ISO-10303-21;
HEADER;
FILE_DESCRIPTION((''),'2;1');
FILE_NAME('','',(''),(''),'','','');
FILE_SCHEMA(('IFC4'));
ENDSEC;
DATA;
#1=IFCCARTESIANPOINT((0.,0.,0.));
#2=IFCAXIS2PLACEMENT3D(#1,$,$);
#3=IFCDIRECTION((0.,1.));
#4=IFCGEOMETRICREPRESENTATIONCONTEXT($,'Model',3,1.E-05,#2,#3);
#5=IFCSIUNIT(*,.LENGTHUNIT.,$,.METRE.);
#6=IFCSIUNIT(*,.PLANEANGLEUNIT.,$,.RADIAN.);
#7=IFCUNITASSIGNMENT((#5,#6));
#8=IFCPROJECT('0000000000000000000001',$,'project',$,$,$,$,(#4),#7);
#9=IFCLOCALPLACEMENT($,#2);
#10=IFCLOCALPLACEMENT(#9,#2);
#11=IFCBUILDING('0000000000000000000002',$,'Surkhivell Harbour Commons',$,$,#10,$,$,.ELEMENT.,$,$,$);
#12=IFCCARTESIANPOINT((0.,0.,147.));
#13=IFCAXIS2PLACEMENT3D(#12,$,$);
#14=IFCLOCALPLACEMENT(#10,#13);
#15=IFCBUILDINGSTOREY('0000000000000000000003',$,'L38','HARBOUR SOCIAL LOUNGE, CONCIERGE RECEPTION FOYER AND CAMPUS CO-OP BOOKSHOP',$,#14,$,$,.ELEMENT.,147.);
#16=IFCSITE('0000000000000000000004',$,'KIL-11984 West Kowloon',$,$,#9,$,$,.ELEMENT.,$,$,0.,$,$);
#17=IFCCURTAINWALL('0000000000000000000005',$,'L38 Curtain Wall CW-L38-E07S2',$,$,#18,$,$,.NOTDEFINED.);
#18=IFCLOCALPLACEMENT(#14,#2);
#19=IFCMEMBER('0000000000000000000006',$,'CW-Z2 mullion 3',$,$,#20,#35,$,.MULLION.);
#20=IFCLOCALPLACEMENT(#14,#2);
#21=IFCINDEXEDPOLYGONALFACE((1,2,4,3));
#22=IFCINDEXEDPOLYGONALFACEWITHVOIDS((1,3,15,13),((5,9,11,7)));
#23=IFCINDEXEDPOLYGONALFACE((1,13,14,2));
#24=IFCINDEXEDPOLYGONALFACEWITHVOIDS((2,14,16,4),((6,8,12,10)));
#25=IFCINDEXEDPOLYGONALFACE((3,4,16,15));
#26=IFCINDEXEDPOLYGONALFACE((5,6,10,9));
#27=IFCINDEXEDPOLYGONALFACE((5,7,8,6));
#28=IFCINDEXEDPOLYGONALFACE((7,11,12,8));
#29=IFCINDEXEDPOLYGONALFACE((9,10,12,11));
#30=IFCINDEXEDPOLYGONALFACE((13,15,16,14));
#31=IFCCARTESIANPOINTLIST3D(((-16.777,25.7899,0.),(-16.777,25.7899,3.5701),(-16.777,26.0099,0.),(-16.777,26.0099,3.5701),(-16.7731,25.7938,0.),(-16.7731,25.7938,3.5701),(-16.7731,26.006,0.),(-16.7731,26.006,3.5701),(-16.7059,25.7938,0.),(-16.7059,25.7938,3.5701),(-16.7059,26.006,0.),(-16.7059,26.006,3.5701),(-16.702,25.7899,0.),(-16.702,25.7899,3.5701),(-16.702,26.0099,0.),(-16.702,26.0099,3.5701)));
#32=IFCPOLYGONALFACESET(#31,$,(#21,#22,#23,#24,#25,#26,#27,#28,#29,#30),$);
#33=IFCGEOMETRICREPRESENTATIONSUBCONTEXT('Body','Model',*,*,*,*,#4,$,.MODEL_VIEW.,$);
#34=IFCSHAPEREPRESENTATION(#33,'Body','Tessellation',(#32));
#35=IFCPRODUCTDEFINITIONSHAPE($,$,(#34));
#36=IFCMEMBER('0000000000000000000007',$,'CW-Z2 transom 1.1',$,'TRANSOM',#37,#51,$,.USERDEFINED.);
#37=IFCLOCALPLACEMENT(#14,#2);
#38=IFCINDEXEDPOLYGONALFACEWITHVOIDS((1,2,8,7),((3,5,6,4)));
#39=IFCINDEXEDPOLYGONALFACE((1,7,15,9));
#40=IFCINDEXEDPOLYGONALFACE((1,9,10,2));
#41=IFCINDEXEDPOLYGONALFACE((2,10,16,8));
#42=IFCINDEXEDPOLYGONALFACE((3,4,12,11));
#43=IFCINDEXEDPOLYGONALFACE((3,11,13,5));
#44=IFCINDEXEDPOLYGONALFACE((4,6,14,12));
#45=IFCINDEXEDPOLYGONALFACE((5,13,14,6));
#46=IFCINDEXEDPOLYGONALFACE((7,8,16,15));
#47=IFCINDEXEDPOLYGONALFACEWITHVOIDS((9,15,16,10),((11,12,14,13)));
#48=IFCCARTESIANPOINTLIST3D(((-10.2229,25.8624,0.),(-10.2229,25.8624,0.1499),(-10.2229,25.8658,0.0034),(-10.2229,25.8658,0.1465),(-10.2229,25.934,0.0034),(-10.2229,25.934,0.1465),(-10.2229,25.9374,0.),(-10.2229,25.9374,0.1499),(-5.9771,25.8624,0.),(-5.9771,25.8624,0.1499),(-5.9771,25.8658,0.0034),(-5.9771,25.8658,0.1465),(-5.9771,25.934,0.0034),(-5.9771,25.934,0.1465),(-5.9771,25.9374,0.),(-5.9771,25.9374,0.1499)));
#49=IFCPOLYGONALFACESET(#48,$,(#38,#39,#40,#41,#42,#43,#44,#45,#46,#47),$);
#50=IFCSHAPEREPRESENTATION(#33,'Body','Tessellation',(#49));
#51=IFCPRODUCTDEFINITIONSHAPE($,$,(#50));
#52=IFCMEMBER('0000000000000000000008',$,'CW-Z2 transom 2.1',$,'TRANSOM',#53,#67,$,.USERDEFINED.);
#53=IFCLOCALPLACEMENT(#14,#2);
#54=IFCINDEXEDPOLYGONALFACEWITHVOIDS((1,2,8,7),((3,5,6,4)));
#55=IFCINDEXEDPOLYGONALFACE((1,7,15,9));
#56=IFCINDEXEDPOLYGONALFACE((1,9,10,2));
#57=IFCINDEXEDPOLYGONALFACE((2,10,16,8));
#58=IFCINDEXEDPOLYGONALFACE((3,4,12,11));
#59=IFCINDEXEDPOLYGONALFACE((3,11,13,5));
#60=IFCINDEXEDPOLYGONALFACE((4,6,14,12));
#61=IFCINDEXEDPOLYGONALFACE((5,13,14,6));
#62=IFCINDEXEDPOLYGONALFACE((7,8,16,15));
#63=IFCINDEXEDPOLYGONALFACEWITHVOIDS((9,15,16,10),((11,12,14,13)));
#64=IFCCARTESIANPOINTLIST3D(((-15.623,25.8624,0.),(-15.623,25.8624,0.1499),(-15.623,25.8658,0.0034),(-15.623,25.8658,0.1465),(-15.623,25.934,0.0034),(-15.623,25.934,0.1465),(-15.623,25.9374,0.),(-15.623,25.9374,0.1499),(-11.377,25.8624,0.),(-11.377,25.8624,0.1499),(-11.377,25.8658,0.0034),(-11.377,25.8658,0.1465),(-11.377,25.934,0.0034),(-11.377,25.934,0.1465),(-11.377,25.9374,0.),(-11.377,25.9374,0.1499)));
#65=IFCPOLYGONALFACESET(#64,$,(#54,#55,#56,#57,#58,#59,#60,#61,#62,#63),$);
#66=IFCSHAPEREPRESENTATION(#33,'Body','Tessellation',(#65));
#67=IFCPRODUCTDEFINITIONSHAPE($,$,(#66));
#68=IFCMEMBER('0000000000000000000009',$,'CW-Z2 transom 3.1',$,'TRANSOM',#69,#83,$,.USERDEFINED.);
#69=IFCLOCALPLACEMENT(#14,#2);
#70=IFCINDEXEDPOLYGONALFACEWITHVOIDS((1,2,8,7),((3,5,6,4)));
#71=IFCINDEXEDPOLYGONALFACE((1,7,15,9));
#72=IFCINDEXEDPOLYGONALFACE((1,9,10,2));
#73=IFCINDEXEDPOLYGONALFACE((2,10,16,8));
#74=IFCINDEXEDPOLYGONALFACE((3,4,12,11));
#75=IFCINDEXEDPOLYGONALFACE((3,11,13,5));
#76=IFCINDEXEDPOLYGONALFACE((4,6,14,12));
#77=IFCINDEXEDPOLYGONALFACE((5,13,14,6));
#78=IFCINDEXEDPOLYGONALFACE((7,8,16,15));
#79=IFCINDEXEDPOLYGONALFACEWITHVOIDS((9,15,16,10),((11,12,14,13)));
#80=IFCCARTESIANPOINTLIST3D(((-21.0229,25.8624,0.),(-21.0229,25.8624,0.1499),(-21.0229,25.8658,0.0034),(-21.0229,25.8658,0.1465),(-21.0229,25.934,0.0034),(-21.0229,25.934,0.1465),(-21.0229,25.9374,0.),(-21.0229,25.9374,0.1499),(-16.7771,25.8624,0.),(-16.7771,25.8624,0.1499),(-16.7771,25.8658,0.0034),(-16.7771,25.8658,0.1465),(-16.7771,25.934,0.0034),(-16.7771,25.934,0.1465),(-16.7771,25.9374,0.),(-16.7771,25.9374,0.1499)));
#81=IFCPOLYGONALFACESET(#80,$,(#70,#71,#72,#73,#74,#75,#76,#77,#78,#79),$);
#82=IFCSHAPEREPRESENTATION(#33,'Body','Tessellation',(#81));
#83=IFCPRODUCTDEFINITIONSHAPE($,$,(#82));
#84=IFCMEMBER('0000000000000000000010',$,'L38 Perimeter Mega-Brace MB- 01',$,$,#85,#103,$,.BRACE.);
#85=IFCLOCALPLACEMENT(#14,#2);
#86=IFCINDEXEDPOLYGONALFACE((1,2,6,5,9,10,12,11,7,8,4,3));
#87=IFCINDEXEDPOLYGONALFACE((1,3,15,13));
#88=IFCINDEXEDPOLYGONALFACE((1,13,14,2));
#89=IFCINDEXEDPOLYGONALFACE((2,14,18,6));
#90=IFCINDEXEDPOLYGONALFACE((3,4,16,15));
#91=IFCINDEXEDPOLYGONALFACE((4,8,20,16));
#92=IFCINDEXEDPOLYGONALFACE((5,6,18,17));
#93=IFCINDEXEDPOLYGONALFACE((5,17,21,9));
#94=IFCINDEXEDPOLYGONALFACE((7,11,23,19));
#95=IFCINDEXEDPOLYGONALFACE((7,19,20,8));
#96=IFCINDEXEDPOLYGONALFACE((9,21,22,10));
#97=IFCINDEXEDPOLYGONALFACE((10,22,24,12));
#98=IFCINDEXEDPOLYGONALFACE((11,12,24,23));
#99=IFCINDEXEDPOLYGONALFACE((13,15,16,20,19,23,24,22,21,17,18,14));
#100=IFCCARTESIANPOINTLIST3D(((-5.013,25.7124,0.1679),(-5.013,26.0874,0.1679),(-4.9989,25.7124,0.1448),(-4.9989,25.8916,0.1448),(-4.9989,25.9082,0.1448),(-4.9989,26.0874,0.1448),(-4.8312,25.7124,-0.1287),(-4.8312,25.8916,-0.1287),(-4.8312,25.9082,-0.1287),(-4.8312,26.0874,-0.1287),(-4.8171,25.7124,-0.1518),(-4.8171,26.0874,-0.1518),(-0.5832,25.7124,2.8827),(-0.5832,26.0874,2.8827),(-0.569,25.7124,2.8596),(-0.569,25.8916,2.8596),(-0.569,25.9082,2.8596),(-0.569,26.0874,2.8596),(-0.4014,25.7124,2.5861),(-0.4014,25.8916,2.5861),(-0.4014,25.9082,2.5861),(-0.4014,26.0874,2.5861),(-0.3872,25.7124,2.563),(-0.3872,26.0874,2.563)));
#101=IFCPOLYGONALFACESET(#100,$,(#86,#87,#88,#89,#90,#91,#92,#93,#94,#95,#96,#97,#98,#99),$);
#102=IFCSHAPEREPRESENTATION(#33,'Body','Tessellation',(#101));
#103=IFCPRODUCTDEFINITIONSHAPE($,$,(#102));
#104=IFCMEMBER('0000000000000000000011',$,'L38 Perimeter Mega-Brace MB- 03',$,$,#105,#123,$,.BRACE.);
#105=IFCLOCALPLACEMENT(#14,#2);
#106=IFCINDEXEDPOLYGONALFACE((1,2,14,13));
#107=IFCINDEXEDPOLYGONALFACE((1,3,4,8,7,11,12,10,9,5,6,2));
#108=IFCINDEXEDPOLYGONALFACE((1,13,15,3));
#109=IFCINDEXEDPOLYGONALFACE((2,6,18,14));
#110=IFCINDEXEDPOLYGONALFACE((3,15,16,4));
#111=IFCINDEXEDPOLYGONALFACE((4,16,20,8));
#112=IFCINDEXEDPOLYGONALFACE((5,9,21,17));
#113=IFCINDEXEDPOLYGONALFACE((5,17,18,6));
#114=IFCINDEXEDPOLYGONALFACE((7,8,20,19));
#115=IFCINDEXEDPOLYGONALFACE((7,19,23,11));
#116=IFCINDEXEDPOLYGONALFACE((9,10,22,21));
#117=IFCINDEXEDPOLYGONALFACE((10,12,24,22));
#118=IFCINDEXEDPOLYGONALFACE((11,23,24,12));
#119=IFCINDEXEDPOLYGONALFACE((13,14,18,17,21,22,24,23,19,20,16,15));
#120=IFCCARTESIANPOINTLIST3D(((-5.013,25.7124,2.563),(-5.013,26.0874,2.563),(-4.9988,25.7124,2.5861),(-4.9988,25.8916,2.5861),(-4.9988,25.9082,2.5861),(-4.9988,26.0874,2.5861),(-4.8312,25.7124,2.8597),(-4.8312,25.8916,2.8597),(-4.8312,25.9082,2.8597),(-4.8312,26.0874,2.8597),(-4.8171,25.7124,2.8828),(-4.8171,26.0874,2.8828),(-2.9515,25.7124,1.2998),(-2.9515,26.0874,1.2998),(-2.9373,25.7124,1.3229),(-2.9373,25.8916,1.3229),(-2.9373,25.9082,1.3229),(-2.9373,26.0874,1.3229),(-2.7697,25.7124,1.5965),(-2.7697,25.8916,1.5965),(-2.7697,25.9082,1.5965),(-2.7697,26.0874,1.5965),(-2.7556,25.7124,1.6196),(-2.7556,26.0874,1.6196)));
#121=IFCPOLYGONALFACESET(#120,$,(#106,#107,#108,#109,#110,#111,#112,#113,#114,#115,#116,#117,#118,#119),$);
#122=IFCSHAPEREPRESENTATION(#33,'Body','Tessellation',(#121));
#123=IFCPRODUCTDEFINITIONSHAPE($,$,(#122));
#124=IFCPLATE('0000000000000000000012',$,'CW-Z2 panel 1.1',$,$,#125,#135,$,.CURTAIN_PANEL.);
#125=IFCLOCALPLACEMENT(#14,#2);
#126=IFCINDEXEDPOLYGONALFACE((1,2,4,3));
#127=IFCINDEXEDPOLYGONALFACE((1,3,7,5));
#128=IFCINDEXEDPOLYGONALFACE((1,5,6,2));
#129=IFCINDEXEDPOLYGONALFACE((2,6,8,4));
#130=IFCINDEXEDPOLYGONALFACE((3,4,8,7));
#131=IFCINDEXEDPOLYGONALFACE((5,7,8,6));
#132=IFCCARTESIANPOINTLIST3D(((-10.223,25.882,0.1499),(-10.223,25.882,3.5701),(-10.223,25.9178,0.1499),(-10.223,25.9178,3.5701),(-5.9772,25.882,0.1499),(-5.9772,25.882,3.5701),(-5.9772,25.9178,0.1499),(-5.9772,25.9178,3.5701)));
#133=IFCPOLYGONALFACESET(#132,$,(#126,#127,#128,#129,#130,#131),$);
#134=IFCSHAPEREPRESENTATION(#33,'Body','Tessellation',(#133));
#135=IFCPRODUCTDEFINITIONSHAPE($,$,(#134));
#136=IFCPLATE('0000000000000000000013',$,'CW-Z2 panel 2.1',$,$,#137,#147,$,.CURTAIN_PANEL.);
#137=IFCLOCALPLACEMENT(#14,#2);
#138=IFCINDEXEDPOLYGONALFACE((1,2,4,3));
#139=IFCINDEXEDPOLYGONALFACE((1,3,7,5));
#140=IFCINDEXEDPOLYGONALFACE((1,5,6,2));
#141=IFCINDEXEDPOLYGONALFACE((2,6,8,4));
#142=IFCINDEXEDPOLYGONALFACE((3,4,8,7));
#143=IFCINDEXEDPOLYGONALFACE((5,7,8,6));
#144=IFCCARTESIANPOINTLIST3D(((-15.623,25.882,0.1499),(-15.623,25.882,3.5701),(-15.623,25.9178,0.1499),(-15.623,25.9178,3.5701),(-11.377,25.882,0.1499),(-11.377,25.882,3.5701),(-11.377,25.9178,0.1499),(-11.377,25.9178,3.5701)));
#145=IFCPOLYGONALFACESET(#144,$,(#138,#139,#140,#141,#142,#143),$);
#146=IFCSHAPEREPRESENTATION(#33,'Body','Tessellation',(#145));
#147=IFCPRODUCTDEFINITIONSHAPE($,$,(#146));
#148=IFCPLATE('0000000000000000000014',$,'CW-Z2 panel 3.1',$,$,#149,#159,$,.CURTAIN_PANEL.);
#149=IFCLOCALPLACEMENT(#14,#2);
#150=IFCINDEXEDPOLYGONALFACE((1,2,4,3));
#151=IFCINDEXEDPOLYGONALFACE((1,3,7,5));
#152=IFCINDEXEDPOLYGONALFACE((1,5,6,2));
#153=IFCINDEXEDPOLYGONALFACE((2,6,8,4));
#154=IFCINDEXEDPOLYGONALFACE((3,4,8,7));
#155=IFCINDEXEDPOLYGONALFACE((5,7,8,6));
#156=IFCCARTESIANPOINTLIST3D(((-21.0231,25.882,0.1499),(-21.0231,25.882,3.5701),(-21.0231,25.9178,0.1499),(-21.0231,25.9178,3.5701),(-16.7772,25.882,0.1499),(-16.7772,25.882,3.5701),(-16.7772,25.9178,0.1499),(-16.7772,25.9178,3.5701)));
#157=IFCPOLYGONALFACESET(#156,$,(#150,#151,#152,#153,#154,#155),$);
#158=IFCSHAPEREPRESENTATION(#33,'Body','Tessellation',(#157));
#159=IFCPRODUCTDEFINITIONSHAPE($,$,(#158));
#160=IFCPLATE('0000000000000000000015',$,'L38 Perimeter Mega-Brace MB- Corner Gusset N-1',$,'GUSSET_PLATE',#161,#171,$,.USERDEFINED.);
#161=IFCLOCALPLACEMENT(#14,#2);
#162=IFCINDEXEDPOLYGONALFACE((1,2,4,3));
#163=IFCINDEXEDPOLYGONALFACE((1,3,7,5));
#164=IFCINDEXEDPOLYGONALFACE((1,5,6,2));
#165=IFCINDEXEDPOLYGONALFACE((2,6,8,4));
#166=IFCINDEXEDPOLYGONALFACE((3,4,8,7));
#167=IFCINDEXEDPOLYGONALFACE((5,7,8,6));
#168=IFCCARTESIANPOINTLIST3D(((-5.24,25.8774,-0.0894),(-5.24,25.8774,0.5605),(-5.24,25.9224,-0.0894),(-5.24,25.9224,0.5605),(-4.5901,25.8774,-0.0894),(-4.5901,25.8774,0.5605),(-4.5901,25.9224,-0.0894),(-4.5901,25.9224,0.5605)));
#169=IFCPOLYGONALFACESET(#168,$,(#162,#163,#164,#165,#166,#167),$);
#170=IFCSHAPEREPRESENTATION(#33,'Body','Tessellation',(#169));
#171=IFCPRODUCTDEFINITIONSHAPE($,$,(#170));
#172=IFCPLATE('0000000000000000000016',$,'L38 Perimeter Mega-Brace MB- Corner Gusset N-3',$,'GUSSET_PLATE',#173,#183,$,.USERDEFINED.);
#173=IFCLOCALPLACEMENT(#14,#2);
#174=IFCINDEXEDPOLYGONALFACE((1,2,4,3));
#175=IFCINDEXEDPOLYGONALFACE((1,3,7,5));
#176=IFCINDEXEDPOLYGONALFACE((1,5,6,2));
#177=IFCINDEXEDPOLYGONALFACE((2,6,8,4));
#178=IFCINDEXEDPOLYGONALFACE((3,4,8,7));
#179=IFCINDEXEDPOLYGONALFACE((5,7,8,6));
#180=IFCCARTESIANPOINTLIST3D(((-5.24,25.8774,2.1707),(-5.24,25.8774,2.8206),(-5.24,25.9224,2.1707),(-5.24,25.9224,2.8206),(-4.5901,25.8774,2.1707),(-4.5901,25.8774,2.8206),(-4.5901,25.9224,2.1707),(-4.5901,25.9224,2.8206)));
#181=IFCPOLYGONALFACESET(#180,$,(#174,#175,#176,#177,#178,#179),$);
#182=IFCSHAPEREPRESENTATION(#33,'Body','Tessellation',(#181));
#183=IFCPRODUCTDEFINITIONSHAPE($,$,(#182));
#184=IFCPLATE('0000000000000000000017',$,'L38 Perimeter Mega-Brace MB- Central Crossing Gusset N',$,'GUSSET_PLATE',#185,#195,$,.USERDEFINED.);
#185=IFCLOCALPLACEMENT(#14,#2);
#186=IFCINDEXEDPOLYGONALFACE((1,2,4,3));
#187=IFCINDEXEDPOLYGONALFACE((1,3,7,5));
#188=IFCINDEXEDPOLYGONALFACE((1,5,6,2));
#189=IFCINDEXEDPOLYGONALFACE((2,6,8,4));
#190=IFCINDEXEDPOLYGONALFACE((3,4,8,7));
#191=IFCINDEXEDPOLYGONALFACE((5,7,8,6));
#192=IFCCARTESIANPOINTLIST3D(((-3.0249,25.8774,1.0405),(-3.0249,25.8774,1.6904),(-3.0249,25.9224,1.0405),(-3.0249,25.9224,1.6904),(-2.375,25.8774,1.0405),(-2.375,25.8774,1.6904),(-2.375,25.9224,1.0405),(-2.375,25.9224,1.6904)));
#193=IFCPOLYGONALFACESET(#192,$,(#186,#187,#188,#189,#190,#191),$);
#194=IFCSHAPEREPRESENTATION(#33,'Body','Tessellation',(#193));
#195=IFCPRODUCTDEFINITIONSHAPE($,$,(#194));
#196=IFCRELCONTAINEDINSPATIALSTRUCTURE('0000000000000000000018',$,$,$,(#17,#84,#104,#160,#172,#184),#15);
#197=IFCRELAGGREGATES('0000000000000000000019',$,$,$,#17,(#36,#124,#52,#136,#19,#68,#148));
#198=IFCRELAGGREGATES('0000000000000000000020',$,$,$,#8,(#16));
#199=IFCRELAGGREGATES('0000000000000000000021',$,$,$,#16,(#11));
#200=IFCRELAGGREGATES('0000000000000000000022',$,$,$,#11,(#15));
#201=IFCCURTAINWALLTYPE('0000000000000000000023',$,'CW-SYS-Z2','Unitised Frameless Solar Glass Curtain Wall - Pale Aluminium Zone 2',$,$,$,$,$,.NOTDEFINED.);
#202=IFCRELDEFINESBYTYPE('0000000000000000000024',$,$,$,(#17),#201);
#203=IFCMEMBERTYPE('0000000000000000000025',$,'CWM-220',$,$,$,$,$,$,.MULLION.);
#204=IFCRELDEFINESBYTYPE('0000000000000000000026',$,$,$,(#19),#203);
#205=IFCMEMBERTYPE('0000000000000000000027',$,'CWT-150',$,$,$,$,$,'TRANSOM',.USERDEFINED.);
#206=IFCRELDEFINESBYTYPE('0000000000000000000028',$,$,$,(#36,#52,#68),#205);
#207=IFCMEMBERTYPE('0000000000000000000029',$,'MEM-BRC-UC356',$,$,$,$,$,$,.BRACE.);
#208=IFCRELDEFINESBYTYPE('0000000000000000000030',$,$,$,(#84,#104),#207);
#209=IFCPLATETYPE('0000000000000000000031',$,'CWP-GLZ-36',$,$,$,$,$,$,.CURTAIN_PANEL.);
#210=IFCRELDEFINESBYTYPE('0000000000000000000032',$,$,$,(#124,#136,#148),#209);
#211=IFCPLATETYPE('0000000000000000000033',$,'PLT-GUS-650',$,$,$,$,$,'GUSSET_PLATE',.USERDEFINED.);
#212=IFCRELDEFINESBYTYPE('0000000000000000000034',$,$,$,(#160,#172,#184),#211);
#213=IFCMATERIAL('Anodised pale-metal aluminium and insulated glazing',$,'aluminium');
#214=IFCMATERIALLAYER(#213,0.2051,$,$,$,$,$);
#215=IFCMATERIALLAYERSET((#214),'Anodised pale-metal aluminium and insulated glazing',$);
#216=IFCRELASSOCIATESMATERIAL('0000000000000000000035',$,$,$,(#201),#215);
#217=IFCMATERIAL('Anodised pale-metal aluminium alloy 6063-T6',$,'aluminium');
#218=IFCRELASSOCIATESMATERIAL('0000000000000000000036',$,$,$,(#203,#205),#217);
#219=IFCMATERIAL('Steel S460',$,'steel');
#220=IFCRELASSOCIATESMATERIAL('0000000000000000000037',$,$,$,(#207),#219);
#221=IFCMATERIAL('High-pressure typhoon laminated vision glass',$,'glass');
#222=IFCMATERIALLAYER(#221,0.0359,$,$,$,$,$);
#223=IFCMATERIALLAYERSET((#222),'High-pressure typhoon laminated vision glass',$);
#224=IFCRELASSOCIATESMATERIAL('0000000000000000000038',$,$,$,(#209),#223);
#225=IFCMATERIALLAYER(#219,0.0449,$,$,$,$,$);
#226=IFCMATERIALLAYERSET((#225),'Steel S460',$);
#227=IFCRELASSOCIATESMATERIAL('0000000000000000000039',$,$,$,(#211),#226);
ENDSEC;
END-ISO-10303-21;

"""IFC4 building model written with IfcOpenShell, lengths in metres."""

from ifc_helpers import new_model, si_unit, direction, frame, frame_2d, origin, origin_2d, place, context, subcontext, project, spatial, rectangle, hollow_rectangle, i_section, extrude, material, layer, layer_set, material_profile, profile_set, type_object, element, aggregate, save


model = new_model("IFC4")

# Units and contexts
model_context = context("Model", 3, precision=1e-05, world=origin(), true_north=direction((0.0, 1.0)))
body_context = subcontext(model_context, "Body", "Model", "MODEL_VIEW")
ifc_project = project(units=[si_unit("LENGTHUNIT", "METRE"), si_unit("PLANEANGLEUNIT", "RADIAN")], contexts=[model_context])

# Site, building, storey
site_placement = place(None, origin())
site = spatial("IfcSite", under=ifc_project, at=site_placement, Name="KIL-11984 West Kowloon", CompositionType="ELEMENT", RefElevation=0.0)
building_placement = place(site_placement, origin())
building = spatial("IfcBuilding", under=site, at=building_placement, Name="Surkhivell Harbour Commons", CompositionType="ELEMENT")
storey_placement = place(building_placement, frame((0.0, 0.0, 147.0)))
storey = spatial("IfcBuildingStorey", under=building, at=storey_placement, Name="L38", Description="HARBOUR SOCIAL LOUNGE, CONCIERGE RECEPTION FOYER AND CAMPUS CO-OP BOOKSHOP", CompositionType="ELEMENT", Elevation=147.0)

# Shared definitions
ifc_material_1 = material(Name="Steel S460", Category="steel")

# Curtain wall, members
ifc_material_2 = material(Name="Anodised pale-metal aluminium and insulated glazing", Category="aluminium")
ifc_layer_1 = layer(ifc_material_2, 0.2051)
ifc_layer_set_1 = layer_set([ifc_layer_1], Name="Anodised pale-metal aluminium and insulated glazing")
curtain_wall_type = type_object("IfcCurtainWallType", Name="CW-SYS-Z2", Description="Unitised Frameless Solar Glass Curtain Wall - Pale Aluminium Zone 2", PredefinedType="NOTDEFINED", material=ifc_layer_set_1)
curtain_wall_placement = place(storey_placement, origin())
curtain_wall = element("IfcCurtainWall", 1, at=curtain_wall_placement, inside=storey, type_object=curtain_wall_type, Name="L38 Curtain Wall CW-L38-E07S2", PredefinedType="NOTDEFINED")
ifc_material_3 = material(Name="Anodised pale-metal aluminium alloy 6063-T6", Category="aluminium")
ifc_material_profile_1 = material_profile(ifc_material_3, hollow_rectangle(XDim=0.075, YDim=0.22, WallThickness=0.0039, at=origin_2d()), Name="ALU-MULL-75x220")
ifc_profile_set_1 = profile_set([ifc_material_profile_1], Name="Anodised pale-metal aluminium alloy 6063-T6")
member_type_1 = type_object("IfcMemberType", Name="CWM-220", PredefinedType="MULLION", material=ifc_profile_set_1)
member_1_placement = place(storey_placement, frame((-16.7395, 25.8999, 0.0), z_axis=(0.0, 0.0, 1.0), x_axis=(-1.0, 0.0, 0.0)))
member_1 = element("IfcMember", 2, at=member_1_placement, type_object=member_type_1, Name="CW-Z2 mullion 3", PredefinedType="MULLION", context=body_context, shape_type="SweptSolid", body=[
    extrude(hollow_rectangle(XDim=0.075, YDim=0.22, WallThickness=0.0039, at=origin_2d()), origin(), (0.0, 0.0, 1.0), 3.5701),
])
ifc_material_profile_2 = material_profile(ifc_material_3, hollow_rectangle(XDim=0.075, YDim=0.1499, WallThickness=0.0034, at=origin_2d()), Name="ALU-TRAN-75x150")
ifc_profile_set_2 = profile_set([ifc_material_profile_2], Name="Anodised pale-metal aluminium alloy 6063-T6")
member_type_2 = type_object("IfcMemberType", Name="CWT-150", ElementType="TRANSOM", PredefinedType="USERDEFINED", material=ifc_profile_set_2)
member_2_placement = place(storey_placement, frame((-5.9771, 25.8999, 0.075), z_axis=(-1.0, 0.0, 0.0), x_axis=(0.0, -1.0, 0.0)))
member_2 = element("IfcMember", 3, at=member_2_placement, type_object=member_type_2, Name="CW-Z2 transom 1.1", ObjectType="TRANSOM", PredefinedType="USERDEFINED", context=body_context, shape_type="SweptSolid", body=[
    extrude(hollow_rectangle(XDim=0.075, YDim=0.1499, WallThickness=0.0034, at=origin_2d()), origin(), (0.0, 0.0, 1.0), 4.2458),
])
member_3_placement = place(storey_placement, frame((-11.377, 25.8999, 0.075), z_axis=(-1.0, 0.0, 0.0), x_axis=(0.0, -1.0, 0.0)))
member_3 = element("IfcMember", 4, at=member_3_placement, type_object=member_type_2, Name="CW-Z2 transom 2.1", ObjectType="TRANSOM", PredefinedType="USERDEFINED", context=body_context, shape_type="SweptSolid", body=[
    extrude(hollow_rectangle(XDim=0.075, YDim=0.1499, WallThickness=0.0034, at=origin_2d()), origin(), (0.0, 0.0, 1.0), 4.2461),
])
member_4_placement = place(storey_placement, frame((-16.7771, 25.8999, 0.075), z_axis=(-1.0, 0.0, 0.0), x_axis=(0.0, -1.0, 0.0)))
member_4 = element("IfcMember", 5, at=member_4_placement, type_object=member_type_2, Name="CW-Z2 transom 3.1", ObjectType="TRANSOM", PredefinedType="USERDEFINED", context=body_context, shape_type="SweptSolid", body=[
    extrude(hollow_rectangle(XDim=0.075, YDim=0.1499, WallThickness=0.0034, at=origin_2d()), origin(), (0.0, 0.0, 1.0), 4.2458),
])

# Members
ifc_material_profile_3 = material_profile(ifc_material_1, i_section(OverallWidth=0.375, OverallDepth=0.375, WebThickness=0.0166, FlangeThickness=0.0271, at=origin_2d()), Name="UC356x368x202")
ifc_profile_set_3 = profile_set([ifc_material_profile_3], Name="Steel S460")
member_type_3 = type_object("IfcMemberType", Name="MEM-BRC-UC356", PredefinedType="BRACE", material=ifc_profile_set_3)
member_5_placement = place(storey_placement, frame((-4.915, 25.8999, 0.0081), z_axis=(0.852625, 0.0, 0.522523), x_axis=(0.0, 1.0, 0.0)))
element("IfcMember", 6, at=member_5_placement, inside=storey, type_object=member_type_3, Name="L38 Perimeter Mega-Brace MB- 01", PredefinedType="BRACE", context=body_context, shape_type="SweptSolid", body=[
    extrude(i_section(OverallWidth=0.375, OverallDepth=0.375, WebThickness=0.0166, FlangeThickness=0.0271, at=origin_2d()), origin(), (0.0, 0.0, 1.0), 5.1956),
])
member_6_placement = place(storey_placement, frame((-2.8535, 25.8999, 1.4597), z_axis=(-0.852662, 0.0, 0.522463), x_axis=(0.0, -1.0, 0.0)))
element("IfcMember", 7, at=member_6_placement, inside=storey, type_object=member_type_3, Name="L38 Perimeter Mega-Brace MB- 03", PredefinedType="BRACE", context=body_context, shape_type="SweptSolid", body=[
    extrude(i_section(OverallWidth=0.375, OverallDepth=0.375, WebThickness=0.0166, FlangeThickness=0.0271, at=origin_2d()), origin(), (0.0, 0.0, 1.0), 2.4177),
])

# Plates
ifc_material_4 = material(Name="High-pressure typhoon laminated vision glass", Category="glass")
ifc_layer_2 = layer(ifc_material_4, 0.0359)
ifc_layer_set_2 = layer_set([ifc_layer_2], Name="High-pressure typhoon laminated vision glass")
plate_type_1 = type_object("IfcPlateType", Name="CWP-GLZ-36", PredefinedType="CURTAIN_PANEL", material=ifc_layer_set_2)
plate_1_placement = place(storey_placement, frame((-5.9771, 25.8999, 0.1499), z_axis=(0.0, 0.0, 1.0), x_axis=(-1.0, 0.0, 0.0)))
plate_1 = element("IfcPlate", 8, at=plate_1_placement, type_object=plate_type_1, Name="CW-Z2 panel 1.1", PredefinedType="CURTAIN_PANEL", context=body_context, shape_type="SweptSolid", body=[
    extrude(rectangle(XDim=4.2458, YDim=0.0359, at=frame_2d((2.123, 0.0))), origin(), (0.0, 0.0, 1.0), 3.4202),
])
plate_2_placement = place(storey_placement, frame((-11.377, 25.8999, 0.1499), z_axis=(0.0, 0.0, 1.0), x_axis=(-1.0, 0.0, 0.0)))
plate_2 = element("IfcPlate", 9, at=plate_2_placement, type_object=plate_type_1, Name="CW-Z2 panel 2.1", PredefinedType="CURTAIN_PANEL", context=body_context, shape_type="SweptSolid", body=[
    extrude(rectangle(XDim=4.2461, YDim=0.0359, at=frame_2d((2.123, 0.0))), origin(), (0.0, 0.0, 1.0), 3.4202),
])
plate_3_placement = place(storey_placement, frame((-16.7771, 25.8999, 0.1499), z_axis=(0.0, 0.0, 1.0), x_axis=(-1.0, 0.0, 0.0)))
plate_3 = element("IfcPlate", 10, at=plate_3_placement, type_object=plate_type_1, Name="CW-Z2 panel 3.1", PredefinedType="CURTAIN_PANEL", context=body_context, shape_type="SweptSolid", body=[
    extrude(rectangle(XDim=4.2458, YDim=0.0359, at=frame_2d((2.123, 0.0))), origin(), (0.0, 0.0, 1.0), 3.4202),
])
aggregate(curtain_wall, [member_2, plate_1, member_3, plate_2, member_1, member_4, plate_3])

# Plates
ifc_layer_3 = layer(ifc_material_1, 0.0449)
ifc_layer_set_3 = layer_set([ifc_layer_3], Name="Steel S460")
plate_type_2 = type_object("IfcPlateType", Name="PLT-GUS-650", ElementType="GUSSET_PLATE", PredefinedType="USERDEFINED", material=ifc_layer_set_3)
for number, where, z_axis, x_axis, name in (
    (11, (-4.915, 25.8999, -0.0894), (0.0, 0.0, 1.0), (1.0, 0.0, 0.0), "L38 Perimeter Mega-Brace MB- Corner Gusset N-1"),
    (12, (-4.915, 25.8999, 2.1707), (0.0, 0.0, 1.0), (1.0, 0.0, 0.0), "L38 Perimeter Mega-Brace MB- Corner Gusset N-3"),
    (13, (-2.7, 25.8999, 1.0405), (0.0, 0.0, 1.0), (1.0, 0.0, 0.0), "L38 Perimeter Mega-Brace MB- Central Crossing Gusset N"),
):
    element("IfcPlate", number, at=place(storey_placement, frame(where, z_axis=z_axis, x_axis=x_axis)), inside=storey, type_object=plate_type_2, Name=name, ObjectType="GUSSET_PLATE", PredefinedType="USERDEFINED", context=body_context, shape_type="SweptSolid", body=[
        extrude(rectangle(XDim=0.6499, YDim=0.0449, at=origin_2d()), origin(), (0.0, 0.0, 1.0), 0.6499),
    ])

save(model, "model.ifc")
